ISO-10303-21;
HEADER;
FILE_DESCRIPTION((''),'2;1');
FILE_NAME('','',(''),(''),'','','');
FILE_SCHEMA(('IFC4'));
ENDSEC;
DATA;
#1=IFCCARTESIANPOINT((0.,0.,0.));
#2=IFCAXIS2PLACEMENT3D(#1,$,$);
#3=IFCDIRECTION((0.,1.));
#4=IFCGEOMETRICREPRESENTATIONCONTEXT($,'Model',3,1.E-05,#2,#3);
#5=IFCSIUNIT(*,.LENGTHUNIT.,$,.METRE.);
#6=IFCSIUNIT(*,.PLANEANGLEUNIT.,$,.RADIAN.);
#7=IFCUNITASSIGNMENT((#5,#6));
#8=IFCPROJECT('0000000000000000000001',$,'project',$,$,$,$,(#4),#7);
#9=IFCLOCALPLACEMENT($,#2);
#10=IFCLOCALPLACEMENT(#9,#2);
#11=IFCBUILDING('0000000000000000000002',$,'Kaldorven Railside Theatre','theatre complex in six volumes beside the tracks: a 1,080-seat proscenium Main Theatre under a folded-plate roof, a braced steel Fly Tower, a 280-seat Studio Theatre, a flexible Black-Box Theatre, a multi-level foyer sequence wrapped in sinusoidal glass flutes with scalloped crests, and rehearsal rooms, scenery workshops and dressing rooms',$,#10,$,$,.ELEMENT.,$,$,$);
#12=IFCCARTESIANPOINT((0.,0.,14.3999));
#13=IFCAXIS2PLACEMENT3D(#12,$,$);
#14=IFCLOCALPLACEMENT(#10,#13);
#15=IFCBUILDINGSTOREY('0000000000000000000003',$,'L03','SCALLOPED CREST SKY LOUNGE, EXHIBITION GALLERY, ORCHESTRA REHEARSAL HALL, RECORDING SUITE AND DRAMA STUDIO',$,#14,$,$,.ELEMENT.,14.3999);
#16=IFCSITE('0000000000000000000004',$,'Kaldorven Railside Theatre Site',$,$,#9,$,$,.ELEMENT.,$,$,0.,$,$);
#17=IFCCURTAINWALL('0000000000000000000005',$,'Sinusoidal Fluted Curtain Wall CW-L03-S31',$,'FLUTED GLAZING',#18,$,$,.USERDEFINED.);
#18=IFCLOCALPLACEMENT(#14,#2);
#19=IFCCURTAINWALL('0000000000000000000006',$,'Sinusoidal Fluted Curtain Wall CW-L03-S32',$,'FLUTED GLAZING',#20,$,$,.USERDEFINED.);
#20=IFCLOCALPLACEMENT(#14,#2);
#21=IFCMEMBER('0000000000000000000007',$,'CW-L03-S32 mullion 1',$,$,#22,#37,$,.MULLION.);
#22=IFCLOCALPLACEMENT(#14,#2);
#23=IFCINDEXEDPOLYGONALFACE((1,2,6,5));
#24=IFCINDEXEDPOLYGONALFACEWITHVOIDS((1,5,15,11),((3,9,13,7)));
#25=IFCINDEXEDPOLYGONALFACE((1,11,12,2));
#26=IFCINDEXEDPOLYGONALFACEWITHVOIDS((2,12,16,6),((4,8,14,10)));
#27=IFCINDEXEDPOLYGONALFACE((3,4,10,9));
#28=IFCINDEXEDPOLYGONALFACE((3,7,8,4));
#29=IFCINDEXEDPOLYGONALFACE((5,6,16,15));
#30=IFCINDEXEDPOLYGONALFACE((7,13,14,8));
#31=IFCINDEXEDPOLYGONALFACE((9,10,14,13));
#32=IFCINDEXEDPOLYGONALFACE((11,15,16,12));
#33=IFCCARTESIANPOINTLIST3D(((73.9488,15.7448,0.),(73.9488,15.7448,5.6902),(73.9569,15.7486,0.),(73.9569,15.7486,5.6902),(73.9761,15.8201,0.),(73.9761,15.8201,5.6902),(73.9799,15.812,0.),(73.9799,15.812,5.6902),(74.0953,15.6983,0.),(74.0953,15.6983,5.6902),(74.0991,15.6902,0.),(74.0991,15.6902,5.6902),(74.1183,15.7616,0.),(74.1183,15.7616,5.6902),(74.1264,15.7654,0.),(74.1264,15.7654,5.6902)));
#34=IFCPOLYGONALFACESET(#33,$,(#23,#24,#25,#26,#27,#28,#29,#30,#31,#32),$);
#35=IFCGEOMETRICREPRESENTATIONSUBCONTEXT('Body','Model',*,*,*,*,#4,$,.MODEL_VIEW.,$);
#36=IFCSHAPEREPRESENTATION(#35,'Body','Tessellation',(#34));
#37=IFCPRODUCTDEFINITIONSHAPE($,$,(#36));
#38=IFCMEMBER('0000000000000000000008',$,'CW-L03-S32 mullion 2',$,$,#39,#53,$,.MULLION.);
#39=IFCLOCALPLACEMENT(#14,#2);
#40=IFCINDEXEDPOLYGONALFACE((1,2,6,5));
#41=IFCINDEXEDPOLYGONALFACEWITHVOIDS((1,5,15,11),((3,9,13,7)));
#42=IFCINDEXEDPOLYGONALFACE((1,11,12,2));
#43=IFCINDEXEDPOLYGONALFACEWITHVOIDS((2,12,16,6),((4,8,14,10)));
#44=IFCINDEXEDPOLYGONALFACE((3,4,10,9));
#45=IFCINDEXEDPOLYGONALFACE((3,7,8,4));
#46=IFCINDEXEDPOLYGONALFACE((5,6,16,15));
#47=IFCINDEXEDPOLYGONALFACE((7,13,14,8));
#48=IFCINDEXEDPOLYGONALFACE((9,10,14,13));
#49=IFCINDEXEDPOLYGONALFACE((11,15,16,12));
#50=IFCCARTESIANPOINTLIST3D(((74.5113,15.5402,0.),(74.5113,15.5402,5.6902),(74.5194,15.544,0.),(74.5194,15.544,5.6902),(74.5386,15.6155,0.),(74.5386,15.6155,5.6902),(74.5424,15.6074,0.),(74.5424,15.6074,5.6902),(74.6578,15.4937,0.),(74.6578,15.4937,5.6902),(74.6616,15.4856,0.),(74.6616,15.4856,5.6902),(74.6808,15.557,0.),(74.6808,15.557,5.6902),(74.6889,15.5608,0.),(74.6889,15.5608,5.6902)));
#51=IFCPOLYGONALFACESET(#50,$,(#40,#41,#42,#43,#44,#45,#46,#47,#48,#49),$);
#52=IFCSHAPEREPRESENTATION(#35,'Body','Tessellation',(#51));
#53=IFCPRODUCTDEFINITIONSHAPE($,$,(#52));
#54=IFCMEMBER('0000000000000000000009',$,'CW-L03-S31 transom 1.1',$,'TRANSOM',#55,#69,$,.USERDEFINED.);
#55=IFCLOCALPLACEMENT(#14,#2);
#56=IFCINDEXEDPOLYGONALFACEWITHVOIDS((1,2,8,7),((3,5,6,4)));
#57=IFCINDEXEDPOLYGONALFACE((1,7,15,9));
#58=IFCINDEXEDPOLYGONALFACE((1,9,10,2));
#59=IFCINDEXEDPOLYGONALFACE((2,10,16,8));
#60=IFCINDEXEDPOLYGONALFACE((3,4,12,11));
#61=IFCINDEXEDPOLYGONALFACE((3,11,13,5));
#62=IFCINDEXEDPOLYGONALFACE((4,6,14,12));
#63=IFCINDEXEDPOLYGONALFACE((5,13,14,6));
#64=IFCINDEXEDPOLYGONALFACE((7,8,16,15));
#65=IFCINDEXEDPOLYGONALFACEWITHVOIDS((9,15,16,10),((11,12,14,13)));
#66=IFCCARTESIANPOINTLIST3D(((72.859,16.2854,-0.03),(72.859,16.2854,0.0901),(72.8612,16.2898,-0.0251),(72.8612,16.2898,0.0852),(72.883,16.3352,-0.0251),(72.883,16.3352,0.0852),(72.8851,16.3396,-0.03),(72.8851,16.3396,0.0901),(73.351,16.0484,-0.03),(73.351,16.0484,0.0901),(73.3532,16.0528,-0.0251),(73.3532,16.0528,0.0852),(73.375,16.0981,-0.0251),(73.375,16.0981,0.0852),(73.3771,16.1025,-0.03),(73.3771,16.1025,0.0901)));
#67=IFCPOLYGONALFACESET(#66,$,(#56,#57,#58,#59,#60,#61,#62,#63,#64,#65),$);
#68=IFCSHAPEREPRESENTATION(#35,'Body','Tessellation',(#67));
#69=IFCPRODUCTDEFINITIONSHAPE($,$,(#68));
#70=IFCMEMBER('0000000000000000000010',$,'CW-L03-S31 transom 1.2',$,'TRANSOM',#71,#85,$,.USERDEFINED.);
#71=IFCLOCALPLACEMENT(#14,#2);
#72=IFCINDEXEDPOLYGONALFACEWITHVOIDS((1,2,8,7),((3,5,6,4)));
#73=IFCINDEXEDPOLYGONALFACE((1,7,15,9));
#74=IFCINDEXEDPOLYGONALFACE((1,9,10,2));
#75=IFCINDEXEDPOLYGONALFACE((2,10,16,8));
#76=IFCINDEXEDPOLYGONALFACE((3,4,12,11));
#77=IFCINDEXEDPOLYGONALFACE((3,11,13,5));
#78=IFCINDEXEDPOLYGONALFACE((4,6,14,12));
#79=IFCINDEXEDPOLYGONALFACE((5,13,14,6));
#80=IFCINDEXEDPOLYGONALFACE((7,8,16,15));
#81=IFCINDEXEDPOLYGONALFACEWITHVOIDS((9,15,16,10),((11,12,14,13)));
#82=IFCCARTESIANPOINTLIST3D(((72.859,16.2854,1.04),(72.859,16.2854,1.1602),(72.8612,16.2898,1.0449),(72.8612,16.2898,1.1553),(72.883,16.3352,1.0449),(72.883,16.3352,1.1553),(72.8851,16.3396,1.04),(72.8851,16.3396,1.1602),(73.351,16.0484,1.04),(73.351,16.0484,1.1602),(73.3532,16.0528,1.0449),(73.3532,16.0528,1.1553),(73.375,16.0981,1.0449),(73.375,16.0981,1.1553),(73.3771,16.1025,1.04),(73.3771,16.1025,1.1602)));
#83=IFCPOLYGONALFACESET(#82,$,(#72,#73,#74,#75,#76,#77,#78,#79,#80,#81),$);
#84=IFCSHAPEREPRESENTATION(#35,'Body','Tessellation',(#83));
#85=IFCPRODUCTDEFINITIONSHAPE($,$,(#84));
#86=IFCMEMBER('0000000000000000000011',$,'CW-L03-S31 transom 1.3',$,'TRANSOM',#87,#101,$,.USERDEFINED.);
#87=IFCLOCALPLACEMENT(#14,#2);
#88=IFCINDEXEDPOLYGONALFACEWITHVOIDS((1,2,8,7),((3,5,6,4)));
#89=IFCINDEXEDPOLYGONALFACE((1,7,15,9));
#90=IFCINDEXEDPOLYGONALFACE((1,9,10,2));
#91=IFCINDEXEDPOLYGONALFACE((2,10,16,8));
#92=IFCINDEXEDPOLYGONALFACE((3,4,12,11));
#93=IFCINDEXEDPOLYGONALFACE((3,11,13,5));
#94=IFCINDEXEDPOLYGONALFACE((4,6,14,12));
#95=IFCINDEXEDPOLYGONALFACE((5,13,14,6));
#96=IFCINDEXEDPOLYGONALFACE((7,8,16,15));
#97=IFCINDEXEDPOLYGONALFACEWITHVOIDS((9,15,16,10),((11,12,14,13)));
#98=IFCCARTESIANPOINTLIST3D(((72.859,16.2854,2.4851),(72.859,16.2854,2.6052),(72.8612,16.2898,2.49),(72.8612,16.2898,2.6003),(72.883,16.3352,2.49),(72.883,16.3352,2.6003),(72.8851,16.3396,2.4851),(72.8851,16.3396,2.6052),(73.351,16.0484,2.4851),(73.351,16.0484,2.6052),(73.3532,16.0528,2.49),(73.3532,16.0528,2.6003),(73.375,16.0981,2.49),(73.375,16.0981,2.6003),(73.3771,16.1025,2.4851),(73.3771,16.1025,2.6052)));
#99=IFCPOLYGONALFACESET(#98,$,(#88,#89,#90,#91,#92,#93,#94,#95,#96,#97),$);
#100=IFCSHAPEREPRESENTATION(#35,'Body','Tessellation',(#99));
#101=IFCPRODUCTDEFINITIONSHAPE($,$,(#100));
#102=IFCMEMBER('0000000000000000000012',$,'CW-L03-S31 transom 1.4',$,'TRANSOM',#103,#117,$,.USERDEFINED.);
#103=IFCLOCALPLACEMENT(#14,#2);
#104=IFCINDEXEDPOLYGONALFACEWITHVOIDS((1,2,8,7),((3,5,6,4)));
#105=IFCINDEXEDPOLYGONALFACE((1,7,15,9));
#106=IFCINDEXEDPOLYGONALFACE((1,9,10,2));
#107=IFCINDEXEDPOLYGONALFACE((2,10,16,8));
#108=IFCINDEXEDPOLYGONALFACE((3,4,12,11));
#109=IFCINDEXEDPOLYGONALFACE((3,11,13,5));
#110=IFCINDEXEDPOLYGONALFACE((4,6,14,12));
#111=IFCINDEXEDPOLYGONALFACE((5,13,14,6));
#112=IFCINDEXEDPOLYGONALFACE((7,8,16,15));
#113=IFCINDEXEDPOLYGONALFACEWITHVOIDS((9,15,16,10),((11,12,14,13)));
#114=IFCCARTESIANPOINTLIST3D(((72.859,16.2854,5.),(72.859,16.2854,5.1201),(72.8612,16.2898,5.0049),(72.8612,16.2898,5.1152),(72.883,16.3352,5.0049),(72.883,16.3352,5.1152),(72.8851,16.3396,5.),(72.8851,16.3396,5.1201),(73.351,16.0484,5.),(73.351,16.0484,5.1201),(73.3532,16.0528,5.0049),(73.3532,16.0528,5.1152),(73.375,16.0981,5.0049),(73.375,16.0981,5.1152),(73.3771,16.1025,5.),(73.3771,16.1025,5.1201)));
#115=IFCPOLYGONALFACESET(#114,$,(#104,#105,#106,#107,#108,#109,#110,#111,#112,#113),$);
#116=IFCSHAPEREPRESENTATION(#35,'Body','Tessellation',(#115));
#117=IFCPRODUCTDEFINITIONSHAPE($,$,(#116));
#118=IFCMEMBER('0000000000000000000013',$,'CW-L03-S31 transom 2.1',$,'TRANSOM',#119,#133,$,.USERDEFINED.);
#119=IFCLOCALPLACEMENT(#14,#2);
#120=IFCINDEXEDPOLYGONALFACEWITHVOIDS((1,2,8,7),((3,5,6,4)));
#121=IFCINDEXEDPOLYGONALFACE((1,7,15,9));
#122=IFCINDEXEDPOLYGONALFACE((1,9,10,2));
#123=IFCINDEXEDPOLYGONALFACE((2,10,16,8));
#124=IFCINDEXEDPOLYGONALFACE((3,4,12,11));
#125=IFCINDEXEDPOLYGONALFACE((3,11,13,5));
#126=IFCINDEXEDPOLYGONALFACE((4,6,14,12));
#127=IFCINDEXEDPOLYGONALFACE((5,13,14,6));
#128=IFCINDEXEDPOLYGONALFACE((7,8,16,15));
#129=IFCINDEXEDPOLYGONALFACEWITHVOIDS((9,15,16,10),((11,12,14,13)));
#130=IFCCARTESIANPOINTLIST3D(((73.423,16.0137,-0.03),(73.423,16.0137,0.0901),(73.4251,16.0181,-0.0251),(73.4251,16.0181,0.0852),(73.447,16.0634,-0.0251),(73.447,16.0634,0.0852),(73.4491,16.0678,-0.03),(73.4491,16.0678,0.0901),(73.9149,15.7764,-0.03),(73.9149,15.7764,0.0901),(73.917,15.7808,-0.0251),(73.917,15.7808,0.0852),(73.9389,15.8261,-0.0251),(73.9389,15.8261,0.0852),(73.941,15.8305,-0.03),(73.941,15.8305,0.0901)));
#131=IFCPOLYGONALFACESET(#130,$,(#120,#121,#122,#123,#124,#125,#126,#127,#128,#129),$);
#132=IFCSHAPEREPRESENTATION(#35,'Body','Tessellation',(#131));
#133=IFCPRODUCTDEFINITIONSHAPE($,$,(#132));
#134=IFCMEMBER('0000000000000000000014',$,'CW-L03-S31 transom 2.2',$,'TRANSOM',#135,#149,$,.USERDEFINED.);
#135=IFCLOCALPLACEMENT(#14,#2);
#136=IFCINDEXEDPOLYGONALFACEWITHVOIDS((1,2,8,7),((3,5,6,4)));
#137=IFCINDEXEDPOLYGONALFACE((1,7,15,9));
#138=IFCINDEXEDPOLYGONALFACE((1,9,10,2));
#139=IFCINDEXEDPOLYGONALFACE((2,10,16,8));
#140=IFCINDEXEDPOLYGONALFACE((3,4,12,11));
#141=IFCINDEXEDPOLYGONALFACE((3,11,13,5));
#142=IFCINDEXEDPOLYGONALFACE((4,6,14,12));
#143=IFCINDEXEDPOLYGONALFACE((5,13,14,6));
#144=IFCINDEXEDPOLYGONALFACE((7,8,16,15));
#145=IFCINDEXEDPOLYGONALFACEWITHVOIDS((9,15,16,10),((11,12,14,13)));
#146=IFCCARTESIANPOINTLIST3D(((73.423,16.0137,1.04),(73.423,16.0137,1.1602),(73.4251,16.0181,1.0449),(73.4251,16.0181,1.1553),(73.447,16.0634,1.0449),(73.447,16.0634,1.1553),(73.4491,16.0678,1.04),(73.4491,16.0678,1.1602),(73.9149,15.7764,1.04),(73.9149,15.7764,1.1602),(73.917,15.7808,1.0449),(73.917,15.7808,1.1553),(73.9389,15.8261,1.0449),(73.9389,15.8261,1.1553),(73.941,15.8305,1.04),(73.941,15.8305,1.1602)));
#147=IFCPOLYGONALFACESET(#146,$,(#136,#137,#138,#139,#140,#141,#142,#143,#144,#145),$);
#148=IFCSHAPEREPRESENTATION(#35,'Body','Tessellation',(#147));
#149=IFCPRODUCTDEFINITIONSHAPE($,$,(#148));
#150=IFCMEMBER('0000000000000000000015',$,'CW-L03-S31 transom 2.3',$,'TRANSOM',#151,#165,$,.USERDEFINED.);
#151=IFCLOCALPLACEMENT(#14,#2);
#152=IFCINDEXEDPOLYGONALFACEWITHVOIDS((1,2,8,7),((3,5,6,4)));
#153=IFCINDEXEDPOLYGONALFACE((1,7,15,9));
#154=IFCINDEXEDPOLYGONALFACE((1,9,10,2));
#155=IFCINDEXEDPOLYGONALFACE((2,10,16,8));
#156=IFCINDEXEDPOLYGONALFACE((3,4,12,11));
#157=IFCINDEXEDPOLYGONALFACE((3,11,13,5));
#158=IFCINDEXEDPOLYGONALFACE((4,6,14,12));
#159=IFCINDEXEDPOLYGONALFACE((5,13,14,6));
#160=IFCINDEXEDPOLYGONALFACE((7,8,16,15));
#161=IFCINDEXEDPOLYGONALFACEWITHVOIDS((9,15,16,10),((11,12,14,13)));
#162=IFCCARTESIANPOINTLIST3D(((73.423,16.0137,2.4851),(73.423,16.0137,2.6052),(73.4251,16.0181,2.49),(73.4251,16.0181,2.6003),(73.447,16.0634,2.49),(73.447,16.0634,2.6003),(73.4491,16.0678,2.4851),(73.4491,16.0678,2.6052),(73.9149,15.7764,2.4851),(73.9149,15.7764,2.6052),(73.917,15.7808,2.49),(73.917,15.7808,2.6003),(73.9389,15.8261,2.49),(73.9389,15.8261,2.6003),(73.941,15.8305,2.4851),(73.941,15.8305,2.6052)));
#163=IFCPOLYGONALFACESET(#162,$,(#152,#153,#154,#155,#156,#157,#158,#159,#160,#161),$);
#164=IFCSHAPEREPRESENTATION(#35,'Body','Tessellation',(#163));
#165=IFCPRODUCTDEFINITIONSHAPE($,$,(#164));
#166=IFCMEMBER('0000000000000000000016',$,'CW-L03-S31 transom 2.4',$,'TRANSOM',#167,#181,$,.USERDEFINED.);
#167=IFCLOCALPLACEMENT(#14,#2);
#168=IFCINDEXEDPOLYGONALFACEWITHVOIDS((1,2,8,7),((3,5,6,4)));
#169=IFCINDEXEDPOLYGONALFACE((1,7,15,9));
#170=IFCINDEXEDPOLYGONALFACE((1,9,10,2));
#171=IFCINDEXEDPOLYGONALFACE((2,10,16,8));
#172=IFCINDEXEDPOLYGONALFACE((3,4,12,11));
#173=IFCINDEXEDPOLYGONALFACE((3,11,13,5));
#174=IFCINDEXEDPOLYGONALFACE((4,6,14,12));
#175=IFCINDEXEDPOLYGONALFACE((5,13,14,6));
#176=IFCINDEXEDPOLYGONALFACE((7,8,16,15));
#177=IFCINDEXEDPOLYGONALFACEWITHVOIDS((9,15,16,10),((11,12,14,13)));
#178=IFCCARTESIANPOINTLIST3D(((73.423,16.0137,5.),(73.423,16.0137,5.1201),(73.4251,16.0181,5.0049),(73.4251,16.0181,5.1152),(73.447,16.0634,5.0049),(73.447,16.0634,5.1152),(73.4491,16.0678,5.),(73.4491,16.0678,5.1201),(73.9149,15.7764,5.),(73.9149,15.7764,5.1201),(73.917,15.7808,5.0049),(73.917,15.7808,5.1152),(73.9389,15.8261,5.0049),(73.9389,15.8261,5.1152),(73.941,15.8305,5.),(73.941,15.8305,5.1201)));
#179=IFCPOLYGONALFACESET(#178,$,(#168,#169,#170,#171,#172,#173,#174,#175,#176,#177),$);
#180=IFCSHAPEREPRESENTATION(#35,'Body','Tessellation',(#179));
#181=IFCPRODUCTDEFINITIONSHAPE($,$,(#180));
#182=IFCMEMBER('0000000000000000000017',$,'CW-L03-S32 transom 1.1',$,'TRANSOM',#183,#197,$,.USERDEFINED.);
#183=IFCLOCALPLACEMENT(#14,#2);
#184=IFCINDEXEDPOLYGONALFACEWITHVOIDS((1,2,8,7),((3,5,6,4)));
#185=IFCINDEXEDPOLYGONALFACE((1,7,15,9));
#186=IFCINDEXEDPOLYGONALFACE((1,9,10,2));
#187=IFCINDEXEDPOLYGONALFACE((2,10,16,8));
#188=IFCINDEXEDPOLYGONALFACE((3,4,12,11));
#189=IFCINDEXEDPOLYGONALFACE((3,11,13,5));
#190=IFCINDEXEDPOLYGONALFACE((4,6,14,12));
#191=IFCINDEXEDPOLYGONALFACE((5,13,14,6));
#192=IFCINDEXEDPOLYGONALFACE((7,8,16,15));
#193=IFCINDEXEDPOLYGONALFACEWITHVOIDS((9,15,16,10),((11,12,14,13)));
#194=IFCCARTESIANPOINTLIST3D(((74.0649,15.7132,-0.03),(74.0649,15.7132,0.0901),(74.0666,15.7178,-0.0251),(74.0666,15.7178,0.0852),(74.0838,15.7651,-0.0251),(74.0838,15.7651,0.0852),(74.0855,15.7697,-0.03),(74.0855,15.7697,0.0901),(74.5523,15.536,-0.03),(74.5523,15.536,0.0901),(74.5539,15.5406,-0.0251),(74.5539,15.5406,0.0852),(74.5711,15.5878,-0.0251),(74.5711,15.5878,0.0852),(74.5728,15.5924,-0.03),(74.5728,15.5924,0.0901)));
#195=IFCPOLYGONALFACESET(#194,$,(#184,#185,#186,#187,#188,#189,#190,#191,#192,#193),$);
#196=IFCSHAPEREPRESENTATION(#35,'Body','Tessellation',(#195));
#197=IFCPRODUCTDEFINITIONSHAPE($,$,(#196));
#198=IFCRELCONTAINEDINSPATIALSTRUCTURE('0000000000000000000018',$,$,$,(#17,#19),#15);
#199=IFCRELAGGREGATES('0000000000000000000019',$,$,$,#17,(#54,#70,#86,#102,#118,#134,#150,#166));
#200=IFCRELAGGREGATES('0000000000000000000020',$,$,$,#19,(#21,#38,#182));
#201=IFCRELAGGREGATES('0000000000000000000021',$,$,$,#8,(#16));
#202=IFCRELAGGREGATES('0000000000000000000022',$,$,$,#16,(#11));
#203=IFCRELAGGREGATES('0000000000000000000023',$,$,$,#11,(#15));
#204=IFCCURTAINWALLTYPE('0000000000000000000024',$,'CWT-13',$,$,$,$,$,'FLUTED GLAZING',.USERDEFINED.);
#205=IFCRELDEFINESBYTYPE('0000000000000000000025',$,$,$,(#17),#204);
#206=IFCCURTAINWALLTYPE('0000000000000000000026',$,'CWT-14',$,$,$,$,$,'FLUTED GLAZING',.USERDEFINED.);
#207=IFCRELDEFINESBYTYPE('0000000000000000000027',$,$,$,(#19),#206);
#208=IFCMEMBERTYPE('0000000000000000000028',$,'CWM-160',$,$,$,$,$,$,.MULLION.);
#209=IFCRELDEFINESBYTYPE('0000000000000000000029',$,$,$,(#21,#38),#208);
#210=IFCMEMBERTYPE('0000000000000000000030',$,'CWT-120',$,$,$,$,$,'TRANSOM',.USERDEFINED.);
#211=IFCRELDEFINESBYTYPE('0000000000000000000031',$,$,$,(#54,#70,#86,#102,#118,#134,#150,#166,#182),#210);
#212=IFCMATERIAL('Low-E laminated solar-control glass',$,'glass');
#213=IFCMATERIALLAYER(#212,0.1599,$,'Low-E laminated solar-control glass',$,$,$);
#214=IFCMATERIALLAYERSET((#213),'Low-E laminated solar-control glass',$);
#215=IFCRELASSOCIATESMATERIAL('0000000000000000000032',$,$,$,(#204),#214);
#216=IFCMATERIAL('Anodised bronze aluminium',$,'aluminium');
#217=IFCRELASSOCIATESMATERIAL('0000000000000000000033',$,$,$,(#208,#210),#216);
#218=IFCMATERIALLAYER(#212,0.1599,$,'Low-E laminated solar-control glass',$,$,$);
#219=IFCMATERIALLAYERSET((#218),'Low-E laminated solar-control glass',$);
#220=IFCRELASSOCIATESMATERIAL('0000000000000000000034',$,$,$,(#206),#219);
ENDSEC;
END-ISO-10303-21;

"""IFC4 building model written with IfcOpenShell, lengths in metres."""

from ifc_helpers import new_model, si_unit, direction, frame, origin, origin_2d, place, context, subcontext, project, spatial, hollow_rectangle, extrude, material, layer, layer_set, material_profile, profile_set, type_object, element, aggregate, save


model = new_model("IFC4")

# Units and contexts
model_context = context("Model", 3, precision=1e-05, world=origin(), true_north=direction((0.0, 1.0)))
body_context = subcontext(model_context, "Body", "Model", "MODEL_VIEW")
ifc_project = project(units=[si_unit("LENGTHUNIT", "METRE"), si_unit("PLANEANGLEUNIT", "RADIAN")], contexts=[model_context])

# Site, building, storey
site_placement = place(None, origin())
site = spatial("IfcSite", under=ifc_project, at=site_placement, Name="Kaldorven Railside Theatre Site", CompositionType="ELEMENT", RefElevation=0.0)
building_placement = place(site_placement, origin())
building = spatial("IfcBuilding", under=site, at=building_placement, Name="Kaldorven Railside Theatre", Description="theatre complex in six volumes beside the tracks: a 1,080-seat proscenium Main Theatre under a folded-plate roof, a braced steel Fly Tower, a 280-seat Studio Theatre, a flexible Black-Box Theatre, a multi-level foyer sequence wrapped in sinusoidal glass flutes with scalloped crests, and rehearsal rooms, scenery workshops and dressing rooms", CompositionType="ELEMENT")
storey_placement = place(building_placement, frame((0.0, 0.0, 14.3999)))
storey = spatial("IfcBuildingStorey", under=building, at=storey_placement, Name="L03", Description="SCALLOPED CREST SKY LOUNGE, EXHIBITION GALLERY, ORCHESTRA REHEARSAL HALL, RECORDING SUITE AND DRAMA STUDIO", CompositionType="ELEMENT", Elevation=14.3999)

# Shared definitions
ifc_material_1 = material(Name="Low-E laminated solar-control glass", Category="glass")
ifc_layer_1 = layer(ifc_material_1, 0.1599, Name="Low-E laminated solar-control glass")
ifc_layer_set_1 = layer_set([ifc_layer_1], Name="Low-E laminated solar-control glass")
curtain_wall_type_1 = type_object("IfcCurtainWallType", Name="CWT-13", ElementType="FLUTED GLAZING", PredefinedType="USERDEFINED", material=ifc_layer_set_1)
ifc_material_2 = material(Name="Anodised bronze aluminium", Category="aluminium")
ifc_material_profile_1 = material_profile(ifc_material_2, hollow_rectangle(XDim=0.0801, YDim=0.1599, WallThickness=0.0063, at=origin_2d()), Name="RHS 160x80x6.3")
ifc_profile_set_1 = profile_set([ifc_material_profile_1], Name="Anodised bronze aluminium")
member_type_1 = type_object("IfcMemberType", Name="CWM-160", PredefinedType="MULLION", material=ifc_profile_set_1)

# Curtain walls, members
curtain_wall_1_placement = place(storey_placement, origin())
curtain_wall_1 = element("IfcCurtainWall", 1, at=curtain_wall_1_placement, inside=storey, type_object=curtain_wall_type_1, Name="Sinusoidal Fluted Curtain Wall CW-L03-S31", ObjectType="FLUTED GLAZING", PredefinedType="USERDEFINED")
ifc_layer_2 = layer(ifc_material_1, 0.1599, Name="Low-E laminated solar-control glass")
ifc_layer_set_2 = layer_set([ifc_layer_2], Name="Low-E laminated solar-control glass")
curtain_wall_type_2 = type_object("IfcCurtainWallType", Name="CWT-14", ElementType="FLUTED GLAZING", PredefinedType="USERDEFINED", material=ifc_layer_set_2)
curtain_wall_2_placement = place(storey_placement, origin())
curtain_wall_2 = element("IfcCurtainWall", 2, at=curtain_wall_2_placement, inside=storey, type_object=curtain_wall_type_2, Name="Sinusoidal Fluted Curtain Wall CW-L03-S32", ObjectType="FLUTED GLAZING", PredefinedType="USERDEFINED")
member_1_placement = place(storey_placement, frame((74.0376, 15.7551, 0.0), z_axis=(0.0, 0.0, 1.0), x_axis=(0.341837, 0.939759, 0.0)))
member_1 = element("IfcMember", 3, at=member_1_placement, type_object=member_type_1, Name="CW-L03-S32 mullion 1", PredefinedType="MULLION", context=body_context, shape_type="SweptSolid", body=[
    extrude(hollow_rectangle(XDim=0.0801, YDim=0.1599, WallThickness=0.0063, at=origin_2d()), origin(), (0.0, 0.0, 1.0), 5.6902),
])
member_2_placement = place(storey_placement, frame((74.6001, 15.5505, 0.0), z_axis=(0.0, 0.0, 1.0), x_axis=(0.341837, 0.939759, 0.0)))
member_2 = element("IfcMember", 4, at=member_2_placement, type_object=member_type_1, Name="CW-L03-S32 mullion 2", PredefinedType="MULLION", context=body_context, shape_type="SweptSolid", body=[
    extrude(hollow_rectangle(XDim=0.0801, YDim=0.1599, WallThickness=0.0063, at=origin_2d()), origin(), (0.0, 0.0, 1.0), 5.6902),
])

# Members
ifc_material_profile_2 = material_profile(ifc_material_2, hollow_rectangle(XDim=0.0601, YDim=0.1201, WallThickness=0.0049, at=origin_2d()), Name="RHS 120x60x5")
ifc_profile_set_2 = profile_set([ifc_material_profile_2], Name="Anodised bronze aluminium")
member_type_2 = type_object("IfcMemberType", Name="CWT-120", ElementType="TRANSOM", PredefinedType="USERDEFINED", material=ifc_profile_set_2)
member_3_placement = place(storey_placement, frame((72.8721, 16.3125, 0.03), z_axis=(0.900859, -0.434111, 0.0), x_axis=(0.434111, 0.900859, 0.0)))
member_3 = element("IfcMember", 5, at=member_3_placement, type_object=member_type_2, Name="CW-L03-S31 transom 1.1", ObjectType="TRANSOM", PredefinedType="USERDEFINED", context=body_context, shape_type="SweptSolid", body=[
    extrude(hollow_rectangle(XDim=0.0601, YDim=0.1201, WallThickness=0.0049, at=origin_2d()), origin(), (0.0, 0.0, 1.0), 0.5461),
])
member_4_placement = place(storey_placement, frame((72.8721, 16.3125, 1.1001), z_axis=(0.900859, -0.434111, 0.0), x_axis=(0.434111, 0.900859, 0.0)))
member_4 = element("IfcMember", 6, at=member_4_placement, type_object=member_type_2, Name="CW-L03-S31 transom 1.2", ObjectType="TRANSOM", PredefinedType="USERDEFINED", context=body_context, shape_type="SweptSolid", body=[
    extrude(hollow_rectangle(XDim=0.0601, YDim=0.1201, WallThickness=0.0049, at=origin_2d()), origin(), (0.0, 0.0, 1.0), 0.5461),
])
member_5_placement = place(storey_placement, frame((72.8721, 16.3125, 2.5452), z_axis=(0.900859, -0.434111, 0.0), x_axis=(0.434111, 0.900859, 0.0)))
member_5 = element("IfcMember", 7, at=member_5_placement, type_object=member_type_2, Name="CW-L03-S31 transom 1.3", ObjectType="TRANSOM", PredefinedType="USERDEFINED", context=body_context, shape_type="SweptSolid", body=[
    extrude(hollow_rectangle(XDim=0.0601, YDim=0.1201, WallThickness=0.0049, at=origin_2d()), origin(), (0.0, 0.0, 1.0), 0.5461),
])
member_6_placement = place(storey_placement, frame((72.8721, 16.3125, 5.0601), z_axis=(0.900859, -0.434111, 0.0), x_axis=(0.434111, 0.900859, 0.0)))
member_6 = element("IfcMember", 8, at=member_6_placement, type_object=member_type_2, Name="CW-L03-S31 transom 1.4", ObjectType="TRANSOM", PredefinedType="USERDEFINED", context=body_context, shape_type="SweptSolid", body=[
    extrude(hollow_rectangle(XDim=0.0601, YDim=0.1201, WallThickness=0.0049, at=origin_2d()), origin(), (0.0, 0.0, 1.0), 0.5461),
])
member_7_placement = place(storey_placement, frame((73.436, 16.0408, 0.03), z_axis=(0.900684, -0.434474, 0.0), x_axis=(0.434474, 0.900684, 0.0)))
member_7 = element("IfcMember", 9, at=member_7_placement, type_object=member_type_2, Name="CW-L03-S31 transom 2.1", ObjectType="TRANSOM", PredefinedType="USERDEFINED", context=body_context, shape_type="SweptSolid", body=[
    extrude(hollow_rectangle(XDim=0.0601, YDim=0.1201, WallThickness=0.0049, at=origin_2d()), origin(), (0.0, 0.0, 1.0), 0.5461),
])
member_8_placement = place(storey_placement, frame((73.436, 16.0408, 1.1001), z_axis=(0.900684, -0.434474, 0.0), x_axis=(0.434474, 0.900684, 0.0)))
member_8 = element("IfcMember", 10, at=member_8_placement, type_object=member_type_2, Name="CW-L03-S31 transom 2.2", ObjectType="TRANSOM", PredefinedType="USERDEFINED", context=body_context, shape_type="SweptSolid", body=[
    extrude(hollow_rectangle(XDim=0.0601, YDim=0.1201, WallThickness=0.0049, at=origin_2d()), origin(), (0.0, 0.0, 1.0), 0.5461),
])
member_9_placement = place(storey_placement, frame((73.436, 16.0408, 2.5452), z_axis=(0.900684, -0.434474, 0.0), x_axis=(0.434474, 0.900684, 0.0)))
member_9 = element("IfcMember", 11, at=member_9_placement, type_object=member_type_2, Name="CW-L03-S31 transom 2.3", ObjectType="TRANSOM", PredefinedType="USERDEFINED", context=body_context, shape_type="SweptSolid", body=[
    extrude(hollow_rectangle(XDim=0.0601, YDim=0.1201, WallThickness=0.0049, at=origin_2d()), origin(), (0.0, 0.0, 1.0), 0.5461),
])
member_10_placement = place(storey_placement, frame((73.436, 16.0408, 5.0601), z_axis=(0.900684, -0.434474, 0.0), x_axis=(0.434474, 0.900684, 0.0)))
member_10 = element("IfcMember", 12, at=member_10_placement, type_object=member_type_2, Name="CW-L03-S31 transom 2.4", ObjectType="TRANSOM", PredefinedType="USERDEFINED", context=body_context, shape_type="SweptSolid", body=[
    extrude(hollow_rectangle(XDim=0.0601, YDim=0.1201, WallThickness=0.0049, at=origin_2d()), origin(), (0.0, 0.0, 1.0), 0.5461),
])
member_11_placement = place(storey_placement, frame((74.0752, 15.7415, 0.03), z_axis=(0.939766, -0.341819, 0.0), x_axis=(0.341819, 0.939766, 0.0)))
member_11 = element("IfcMember", 13, at=member_11_placement, type_object=member_type_2, Name="CW-L03-S32 transom 1.1", ObjectType="TRANSOM", PredefinedType="USERDEFINED", context=body_context, shape_type="SweptSolid", body=[
    extrude(hollow_rectangle(XDim=0.0601, YDim=0.1201, WallThickness=0.0049, at=origin_2d()), origin(), (0.0, 0.0, 1.0), 0.5186),
])

aggregate(curtain_wall_1, [member_3, member_4, member_5, member_6, member_7, member_8, member_9, member_10])
aggregate(curtain_wall_2, [member_1, member_2, member_11])

save(model, "model.ifc")
